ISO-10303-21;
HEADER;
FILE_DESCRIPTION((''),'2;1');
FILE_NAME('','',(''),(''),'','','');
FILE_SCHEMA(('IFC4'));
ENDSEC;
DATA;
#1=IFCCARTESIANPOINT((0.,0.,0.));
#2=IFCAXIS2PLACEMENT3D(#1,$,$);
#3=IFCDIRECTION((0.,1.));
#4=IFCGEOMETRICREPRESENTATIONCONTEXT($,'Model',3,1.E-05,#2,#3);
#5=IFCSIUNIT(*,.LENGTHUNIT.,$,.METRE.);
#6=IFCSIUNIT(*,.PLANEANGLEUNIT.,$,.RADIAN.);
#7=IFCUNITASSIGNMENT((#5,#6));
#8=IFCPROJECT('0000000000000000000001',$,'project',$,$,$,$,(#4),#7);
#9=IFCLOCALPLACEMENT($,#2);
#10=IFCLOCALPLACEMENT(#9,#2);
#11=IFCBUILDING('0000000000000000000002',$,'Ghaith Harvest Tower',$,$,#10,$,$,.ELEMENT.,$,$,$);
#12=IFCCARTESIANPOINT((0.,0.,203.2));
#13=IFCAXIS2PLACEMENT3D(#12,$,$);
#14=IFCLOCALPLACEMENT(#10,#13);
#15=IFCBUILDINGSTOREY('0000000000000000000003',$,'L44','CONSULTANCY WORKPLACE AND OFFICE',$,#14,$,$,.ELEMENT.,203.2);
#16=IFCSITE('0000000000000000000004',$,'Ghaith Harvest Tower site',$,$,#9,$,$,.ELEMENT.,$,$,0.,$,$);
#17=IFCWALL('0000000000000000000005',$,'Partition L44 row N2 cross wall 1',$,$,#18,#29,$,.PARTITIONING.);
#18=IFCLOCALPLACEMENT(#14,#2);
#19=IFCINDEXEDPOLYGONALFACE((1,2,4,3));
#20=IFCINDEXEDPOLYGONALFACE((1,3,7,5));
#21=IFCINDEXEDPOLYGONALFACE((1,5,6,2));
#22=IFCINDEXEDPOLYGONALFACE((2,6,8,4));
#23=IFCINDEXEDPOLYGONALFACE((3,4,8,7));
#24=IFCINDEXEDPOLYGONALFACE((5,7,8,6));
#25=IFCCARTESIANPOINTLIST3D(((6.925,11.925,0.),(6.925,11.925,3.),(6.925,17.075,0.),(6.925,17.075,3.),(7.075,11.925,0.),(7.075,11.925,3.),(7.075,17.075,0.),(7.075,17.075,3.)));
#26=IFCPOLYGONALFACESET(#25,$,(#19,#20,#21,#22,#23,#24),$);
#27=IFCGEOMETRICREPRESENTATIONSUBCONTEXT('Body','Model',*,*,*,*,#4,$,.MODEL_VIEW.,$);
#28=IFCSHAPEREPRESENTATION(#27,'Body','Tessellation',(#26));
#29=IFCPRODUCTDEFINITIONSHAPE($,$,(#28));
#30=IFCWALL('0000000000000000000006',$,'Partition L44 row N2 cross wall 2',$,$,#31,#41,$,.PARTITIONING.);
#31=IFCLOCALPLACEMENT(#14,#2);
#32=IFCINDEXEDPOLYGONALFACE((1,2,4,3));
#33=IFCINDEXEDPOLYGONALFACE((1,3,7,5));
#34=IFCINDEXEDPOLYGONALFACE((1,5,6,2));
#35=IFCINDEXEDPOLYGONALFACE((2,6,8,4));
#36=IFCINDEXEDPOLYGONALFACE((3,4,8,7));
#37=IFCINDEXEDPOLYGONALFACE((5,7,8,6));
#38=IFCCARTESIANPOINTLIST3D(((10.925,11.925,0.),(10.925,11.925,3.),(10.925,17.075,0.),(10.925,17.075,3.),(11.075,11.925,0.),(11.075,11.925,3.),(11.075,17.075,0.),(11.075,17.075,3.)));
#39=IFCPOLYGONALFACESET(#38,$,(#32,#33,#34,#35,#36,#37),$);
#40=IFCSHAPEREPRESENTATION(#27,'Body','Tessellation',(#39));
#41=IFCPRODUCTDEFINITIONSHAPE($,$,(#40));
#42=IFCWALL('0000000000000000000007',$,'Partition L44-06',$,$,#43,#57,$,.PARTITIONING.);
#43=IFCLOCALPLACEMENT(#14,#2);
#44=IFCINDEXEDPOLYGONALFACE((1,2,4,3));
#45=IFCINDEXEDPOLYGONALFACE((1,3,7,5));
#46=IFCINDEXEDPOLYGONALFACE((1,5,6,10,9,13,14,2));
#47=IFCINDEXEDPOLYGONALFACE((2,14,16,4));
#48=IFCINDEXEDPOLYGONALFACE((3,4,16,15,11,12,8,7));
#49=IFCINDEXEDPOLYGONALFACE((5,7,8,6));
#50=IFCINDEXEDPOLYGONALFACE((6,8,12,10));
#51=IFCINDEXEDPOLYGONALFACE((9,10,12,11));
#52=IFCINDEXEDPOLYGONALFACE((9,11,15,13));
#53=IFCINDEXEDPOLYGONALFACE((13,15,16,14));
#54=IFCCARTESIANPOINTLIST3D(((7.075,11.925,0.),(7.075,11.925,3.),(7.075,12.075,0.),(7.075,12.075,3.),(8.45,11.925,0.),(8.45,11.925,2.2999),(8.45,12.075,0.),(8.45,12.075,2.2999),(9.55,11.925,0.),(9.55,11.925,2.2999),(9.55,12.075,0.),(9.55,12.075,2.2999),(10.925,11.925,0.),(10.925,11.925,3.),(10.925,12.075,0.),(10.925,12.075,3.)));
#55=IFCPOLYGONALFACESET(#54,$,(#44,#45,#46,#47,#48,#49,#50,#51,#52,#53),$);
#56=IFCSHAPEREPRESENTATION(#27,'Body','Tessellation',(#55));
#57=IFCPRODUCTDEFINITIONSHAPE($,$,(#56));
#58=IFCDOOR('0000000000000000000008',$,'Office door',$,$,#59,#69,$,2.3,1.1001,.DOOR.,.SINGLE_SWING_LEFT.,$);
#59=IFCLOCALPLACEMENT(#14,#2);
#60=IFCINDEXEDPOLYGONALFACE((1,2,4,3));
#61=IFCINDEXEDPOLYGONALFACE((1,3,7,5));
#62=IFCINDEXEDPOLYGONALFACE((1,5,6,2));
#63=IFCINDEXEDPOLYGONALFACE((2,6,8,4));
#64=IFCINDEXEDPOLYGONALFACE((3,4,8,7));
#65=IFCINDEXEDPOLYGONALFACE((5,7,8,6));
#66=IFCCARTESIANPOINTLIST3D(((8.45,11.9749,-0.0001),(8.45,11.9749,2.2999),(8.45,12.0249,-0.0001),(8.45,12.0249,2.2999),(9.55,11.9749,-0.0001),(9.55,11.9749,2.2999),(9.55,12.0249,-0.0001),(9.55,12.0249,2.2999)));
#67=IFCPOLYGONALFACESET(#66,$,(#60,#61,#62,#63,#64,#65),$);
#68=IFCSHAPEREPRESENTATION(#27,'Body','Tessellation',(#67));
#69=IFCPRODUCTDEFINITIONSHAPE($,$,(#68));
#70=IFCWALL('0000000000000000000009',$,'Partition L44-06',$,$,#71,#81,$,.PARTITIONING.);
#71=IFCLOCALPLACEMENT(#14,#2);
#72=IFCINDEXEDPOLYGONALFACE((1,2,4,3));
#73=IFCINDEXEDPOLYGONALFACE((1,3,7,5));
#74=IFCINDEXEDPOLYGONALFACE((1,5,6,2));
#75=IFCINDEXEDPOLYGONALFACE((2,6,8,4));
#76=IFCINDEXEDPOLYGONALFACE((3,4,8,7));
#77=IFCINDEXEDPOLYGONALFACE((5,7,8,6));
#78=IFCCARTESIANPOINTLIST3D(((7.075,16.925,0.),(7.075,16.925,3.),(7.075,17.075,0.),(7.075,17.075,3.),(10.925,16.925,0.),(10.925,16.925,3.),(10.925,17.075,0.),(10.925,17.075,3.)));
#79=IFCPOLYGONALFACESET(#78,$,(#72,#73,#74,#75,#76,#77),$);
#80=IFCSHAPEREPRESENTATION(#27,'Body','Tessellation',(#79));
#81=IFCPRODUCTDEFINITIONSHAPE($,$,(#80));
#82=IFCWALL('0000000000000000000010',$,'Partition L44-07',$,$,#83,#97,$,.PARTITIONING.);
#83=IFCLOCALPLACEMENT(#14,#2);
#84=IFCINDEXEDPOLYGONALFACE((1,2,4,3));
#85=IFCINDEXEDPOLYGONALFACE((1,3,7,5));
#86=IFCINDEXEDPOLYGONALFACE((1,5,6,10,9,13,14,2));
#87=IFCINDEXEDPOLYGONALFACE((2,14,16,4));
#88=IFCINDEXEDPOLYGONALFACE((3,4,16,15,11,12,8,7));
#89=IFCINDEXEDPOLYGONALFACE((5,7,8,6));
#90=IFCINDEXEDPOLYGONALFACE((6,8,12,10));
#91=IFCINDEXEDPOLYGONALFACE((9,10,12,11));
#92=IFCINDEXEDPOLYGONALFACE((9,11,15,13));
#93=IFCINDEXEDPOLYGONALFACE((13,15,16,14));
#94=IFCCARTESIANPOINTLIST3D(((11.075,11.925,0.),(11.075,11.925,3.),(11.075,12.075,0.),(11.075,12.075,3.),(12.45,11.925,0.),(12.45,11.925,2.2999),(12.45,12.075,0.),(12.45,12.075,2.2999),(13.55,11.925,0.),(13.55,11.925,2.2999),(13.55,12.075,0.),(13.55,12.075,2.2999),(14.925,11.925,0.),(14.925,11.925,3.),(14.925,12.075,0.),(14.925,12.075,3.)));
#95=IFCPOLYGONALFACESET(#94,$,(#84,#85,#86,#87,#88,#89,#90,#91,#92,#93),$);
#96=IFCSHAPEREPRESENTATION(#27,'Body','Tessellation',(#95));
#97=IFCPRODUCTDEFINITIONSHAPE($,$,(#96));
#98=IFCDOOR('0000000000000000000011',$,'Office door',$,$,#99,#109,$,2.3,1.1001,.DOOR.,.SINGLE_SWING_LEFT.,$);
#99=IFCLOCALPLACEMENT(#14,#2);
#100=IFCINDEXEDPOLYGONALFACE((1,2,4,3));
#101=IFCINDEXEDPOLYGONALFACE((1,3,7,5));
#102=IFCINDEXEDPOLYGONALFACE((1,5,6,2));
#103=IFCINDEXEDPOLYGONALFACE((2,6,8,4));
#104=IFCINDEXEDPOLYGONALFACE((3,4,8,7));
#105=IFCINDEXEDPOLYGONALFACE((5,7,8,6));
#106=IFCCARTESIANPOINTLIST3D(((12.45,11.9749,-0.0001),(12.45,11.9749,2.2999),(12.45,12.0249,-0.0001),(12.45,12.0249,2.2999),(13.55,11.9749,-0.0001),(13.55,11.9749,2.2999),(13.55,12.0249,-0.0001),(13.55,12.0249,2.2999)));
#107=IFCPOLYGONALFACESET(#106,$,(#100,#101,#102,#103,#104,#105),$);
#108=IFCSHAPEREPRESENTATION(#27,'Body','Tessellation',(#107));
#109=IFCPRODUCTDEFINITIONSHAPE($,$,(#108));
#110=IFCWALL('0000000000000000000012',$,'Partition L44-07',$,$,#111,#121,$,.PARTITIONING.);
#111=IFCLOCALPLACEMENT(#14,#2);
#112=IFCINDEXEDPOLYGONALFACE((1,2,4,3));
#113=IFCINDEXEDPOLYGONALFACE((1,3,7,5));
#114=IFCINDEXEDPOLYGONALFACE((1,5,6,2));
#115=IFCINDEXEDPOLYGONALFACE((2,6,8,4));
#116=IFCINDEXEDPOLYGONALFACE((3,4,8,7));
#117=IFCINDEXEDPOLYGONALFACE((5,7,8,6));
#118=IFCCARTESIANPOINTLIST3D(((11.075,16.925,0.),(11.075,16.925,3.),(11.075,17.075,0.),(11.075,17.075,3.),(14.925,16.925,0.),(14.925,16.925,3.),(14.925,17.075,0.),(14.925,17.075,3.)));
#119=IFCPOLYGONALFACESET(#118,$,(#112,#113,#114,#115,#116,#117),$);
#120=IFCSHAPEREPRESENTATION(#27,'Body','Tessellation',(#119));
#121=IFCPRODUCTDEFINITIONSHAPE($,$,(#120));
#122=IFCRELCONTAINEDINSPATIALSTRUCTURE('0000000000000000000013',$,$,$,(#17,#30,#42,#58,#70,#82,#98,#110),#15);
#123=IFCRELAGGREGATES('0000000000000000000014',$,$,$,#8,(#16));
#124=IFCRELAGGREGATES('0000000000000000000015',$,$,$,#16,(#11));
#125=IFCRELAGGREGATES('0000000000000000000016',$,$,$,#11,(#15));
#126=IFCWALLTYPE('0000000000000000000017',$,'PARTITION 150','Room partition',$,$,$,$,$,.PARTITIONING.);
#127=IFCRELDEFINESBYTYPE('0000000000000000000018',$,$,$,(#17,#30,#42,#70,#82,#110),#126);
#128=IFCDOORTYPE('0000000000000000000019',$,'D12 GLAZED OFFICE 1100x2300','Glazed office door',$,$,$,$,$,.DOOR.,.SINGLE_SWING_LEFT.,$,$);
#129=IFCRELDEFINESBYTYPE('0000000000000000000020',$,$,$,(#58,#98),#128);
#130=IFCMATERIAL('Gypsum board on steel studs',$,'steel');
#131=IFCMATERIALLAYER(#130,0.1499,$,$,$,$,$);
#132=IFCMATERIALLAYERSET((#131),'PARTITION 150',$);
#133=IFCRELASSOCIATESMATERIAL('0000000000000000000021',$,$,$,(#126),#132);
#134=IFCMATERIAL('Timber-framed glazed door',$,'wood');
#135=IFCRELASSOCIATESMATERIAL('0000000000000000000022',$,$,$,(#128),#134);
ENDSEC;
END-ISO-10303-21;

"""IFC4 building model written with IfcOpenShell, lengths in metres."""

from ifc_helpers import new_model, si_unit, direction, frame, frame_2d, origin, place, context, subcontext, project, spatial, rectangle, extrude, material, layer, layer_set, type_object, element, fill, save


model = new_model("IFC4")

# Units and contexts
model_context = context("Model", 3, precision=1e-05, world=origin(), true_north=direction((0.0, 1.0)))
body_context = subcontext(model_context, "Body", "Model", "MODEL_VIEW")
ifc_project = project(units=[si_unit("LENGTHUNIT", "METRE"), si_unit("PLANEANGLEUNIT", "RADIAN")], contexts=[model_context])

# Site, building, storey
site_placement = place(None, origin())
site = spatial("IfcSite", under=ifc_project, at=site_placement, Name="Ghaith Harvest Tower site", CompositionType="ELEMENT", RefElevation=0.0)
building_placement = place(site_placement, origin())
building = spatial("IfcBuilding", under=site, at=building_placement, Name="Ghaith Harvest Tower", CompositionType="ELEMENT")
storey_placement = place(building_placement, frame((0.0, 0.0, 203.2)))
storey = spatial("IfcBuildingStorey", under=building, at=storey_placement, Name="L44", Description="CONSULTANCY WORKPLACE AND OFFICE", CompositionType="ELEMENT", Elevation=203.2)

# Shared definitions
ifc_material_1 = material(Name="Gypsum board on steel studs", Category="steel")
ifc_layer_1 = layer(ifc_material_1, 0.1499)
ifc_layer_set_1 = layer_set([ifc_layer_1], Name="PARTITION 150")
wall_type = type_object("IfcWallType", Name="PARTITION 150", Description="Room partition", PredefinedType="PARTITIONING", material=ifc_layer_set_1)

# Shared definitions
ifc_material_2 = material(Name="Timber-framed glazed door", Category="wood")
door_type = type_object("IfcDoorType", Name="D12 GLAZED OFFICE 1100x2300", Description="Glazed office door", OperationType="SINGLE_SWING_LEFT", PredefinedType="DOOR", material=ifc_material_2)

# Walls
for number, where, z_axis, x_axis, name in (
    (1, (7.0, 11.925, 0.0), (0.0, 0.0, 1.0), (0.0, 1.0, 0.0), "Partition L44 row N2 cross wall 1"),
    (2, (11.0, 11.925, 0.0), (0.0, 0.0, 1.0), (0.0, 1.0, 0.0), "Partition L44 row N2 cross wall 2"),
):
    element("IfcWall", number, at=place(storey_placement, frame(where, z_axis=z_axis, x_axis=x_axis)), inside=storey, type_object=wall_type, Name=name, PredefinedType="PARTITIONING", context=body_context, shape_type="SweptSolid", body=[
        extrude(rectangle(XDim=5.1499, YDim=0.1499, at=frame_2d((2.575, 0.0))), origin(), (0.0, 0.0, 1.0), 3.0),
    ])

# Wall, opening, door
wall_1_placement = place(storey_placement, frame((7.075, 12.0, 0.0), z_axis=(0.0, 0.0, 1.0), x_axis=(1.0, 0.0, 0.0)))
wall_1 = element("IfcWall", 3, at=wall_1_placement, inside=storey, type_object=wall_type, Name="Partition L44-06", PredefinedType="PARTITIONING", context=body_context, shape_type="SweptSolid", body=[
    extrude(rectangle(XDim=3.8501, YDim=0.1499, at=frame_2d((1.925, 0.0))), origin(), (0.0, 0.0, 1.0), 3.0),
])
opening_1_placement = place(wall_1_placement, frame((1.375, 0.0, 0.0)))
opening_1 = element("IfcOpeningElement", 4, at=opening_1_placement, cuts=wall_1, PredefinedType="OPENING", context=body_context, shape_type="SweptSolid", body=[
    extrude(rectangle(XDim=1.1001, YDim=2.3, at=frame_2d((0.55, 1.1499))), frame((0.0, 0.085, 0.0), z_axis=(0.0, -1.0, 0.0), x_axis=(1.0, 0.0, 0.0)), (0.0, 0.0, 1.0), 0.1699),
])
door_1_placement = place(opening_1_placement, origin())
door_1 = element("IfcDoor", 5, at=door_1_placement, inside=storey, type_object=door_type, Name="Office door", OperationType="SINGLE_SWING_LEFT", OverallHeight=2.3, OverallWidth=1.1001, PredefinedType="DOOR", context=body_context, shape_type="SweptSolid", body=[
    extrude(rectangle(XDim=1.1001, YDim=2.3, at=frame_2d((0.55, 1.1499))), frame((0.0, 0.0249, 0.0), z_axis=(0.0, -1.0, 0.0), x_axis=(1.0, 0.0, 0.0)), (0.0, 0.0, 1.0), 0.05),
])
fill(opening_1, door_1)

# Wall
wall_2_placement = place(storey_placement, frame((7.075, 17.0, 0.0), z_axis=(0.0, 0.0, 1.0), x_axis=(1.0, 0.0, 0.0)))
element("IfcWall", 6, at=wall_2_placement, inside=storey, type_object=wall_type, Name="Partition L44-06", PredefinedType="PARTITIONING", context=body_context, shape_type="SweptSolid", body=[
    extrude(rectangle(XDim=3.8501, YDim=0.1499, at=frame_2d((1.925, 0.0))), origin(), (0.0, 0.0, 1.0), 3.0),
])

# Wall, opening, door
wall_3_placement = place(storey_placement, frame((11.075, 12.0, 0.0), z_axis=(0.0, 0.0, 1.0), x_axis=(1.0, 0.0, 0.0)))
wall_3 = element("IfcWall", 7, at=wall_3_placement, inside=storey, type_object=wall_type, Name="Partition L44-07", PredefinedType="PARTITIONING", context=body_context, shape_type="SweptSolid", body=[
    extrude(rectangle(XDim=3.8501, YDim=0.1499, at=frame_2d((1.925, 0.0))), origin(), (0.0, 0.0, 1.0), 3.0),
])
opening_2_placement = place(wall_3_placement, frame((1.375, 0.0, 0.0)))
opening_2 = element("IfcOpeningElement", 8, at=opening_2_placement, cuts=wall_3, PredefinedType="OPENING", context=body_context, shape_type="SweptSolid", body=[
    extrude(rectangle(XDim=1.1001, YDim=2.3, at=frame_2d((0.55, 1.1499))), frame((0.0, 0.085, 0.0), z_axis=(0.0, -1.0, 0.0), x_axis=(1.0, 0.0, 0.0)), (0.0, 0.0, 1.0), 0.1699),
])
door_2_placement = place(opening_2_placement, origin())
door_2 = element("IfcDoor", 9, at=door_2_placement, inside=storey, type_object=door_type, Name="Office door", OperationType="SINGLE_SWING_LEFT", OverallHeight=2.3, OverallWidth=1.1001, PredefinedType="DOOR", context=body_context, shape_type="SweptSolid", body=[
    extrude(rectangle(XDim=1.1001, YDim=2.3, at=frame_2d((0.55, 1.1499))), frame((0.0, 0.0249, 0.0), z_axis=(0.0, -1.0, 0.0), x_axis=(1.0, 0.0, 0.0)), (0.0, 0.0, 1.0), 0.05),
])
fill(opening_2, door_2)

# Wall
wall_4_placement = place(storey_placement, frame((11.075, 17.0, 0.0), z_axis=(0.0, 0.0, 1.0), x_axis=(1.0, 0.0, 0.0)))
element("IfcWall", 10, at=wall_4_placement, inside=storey, type_object=wall_type, Name="Partition L44-07", PredefinedType="PARTITIONING", context=body_context, shape_type="SweptSolid", body=[
    extrude(rectangle(XDim=3.8501, YDim=0.1499, at=frame_2d((1.925, 0.0))), origin(), (0.0, 0.0, 1.0), 3.0),
])

save(model, "model.ifc")
